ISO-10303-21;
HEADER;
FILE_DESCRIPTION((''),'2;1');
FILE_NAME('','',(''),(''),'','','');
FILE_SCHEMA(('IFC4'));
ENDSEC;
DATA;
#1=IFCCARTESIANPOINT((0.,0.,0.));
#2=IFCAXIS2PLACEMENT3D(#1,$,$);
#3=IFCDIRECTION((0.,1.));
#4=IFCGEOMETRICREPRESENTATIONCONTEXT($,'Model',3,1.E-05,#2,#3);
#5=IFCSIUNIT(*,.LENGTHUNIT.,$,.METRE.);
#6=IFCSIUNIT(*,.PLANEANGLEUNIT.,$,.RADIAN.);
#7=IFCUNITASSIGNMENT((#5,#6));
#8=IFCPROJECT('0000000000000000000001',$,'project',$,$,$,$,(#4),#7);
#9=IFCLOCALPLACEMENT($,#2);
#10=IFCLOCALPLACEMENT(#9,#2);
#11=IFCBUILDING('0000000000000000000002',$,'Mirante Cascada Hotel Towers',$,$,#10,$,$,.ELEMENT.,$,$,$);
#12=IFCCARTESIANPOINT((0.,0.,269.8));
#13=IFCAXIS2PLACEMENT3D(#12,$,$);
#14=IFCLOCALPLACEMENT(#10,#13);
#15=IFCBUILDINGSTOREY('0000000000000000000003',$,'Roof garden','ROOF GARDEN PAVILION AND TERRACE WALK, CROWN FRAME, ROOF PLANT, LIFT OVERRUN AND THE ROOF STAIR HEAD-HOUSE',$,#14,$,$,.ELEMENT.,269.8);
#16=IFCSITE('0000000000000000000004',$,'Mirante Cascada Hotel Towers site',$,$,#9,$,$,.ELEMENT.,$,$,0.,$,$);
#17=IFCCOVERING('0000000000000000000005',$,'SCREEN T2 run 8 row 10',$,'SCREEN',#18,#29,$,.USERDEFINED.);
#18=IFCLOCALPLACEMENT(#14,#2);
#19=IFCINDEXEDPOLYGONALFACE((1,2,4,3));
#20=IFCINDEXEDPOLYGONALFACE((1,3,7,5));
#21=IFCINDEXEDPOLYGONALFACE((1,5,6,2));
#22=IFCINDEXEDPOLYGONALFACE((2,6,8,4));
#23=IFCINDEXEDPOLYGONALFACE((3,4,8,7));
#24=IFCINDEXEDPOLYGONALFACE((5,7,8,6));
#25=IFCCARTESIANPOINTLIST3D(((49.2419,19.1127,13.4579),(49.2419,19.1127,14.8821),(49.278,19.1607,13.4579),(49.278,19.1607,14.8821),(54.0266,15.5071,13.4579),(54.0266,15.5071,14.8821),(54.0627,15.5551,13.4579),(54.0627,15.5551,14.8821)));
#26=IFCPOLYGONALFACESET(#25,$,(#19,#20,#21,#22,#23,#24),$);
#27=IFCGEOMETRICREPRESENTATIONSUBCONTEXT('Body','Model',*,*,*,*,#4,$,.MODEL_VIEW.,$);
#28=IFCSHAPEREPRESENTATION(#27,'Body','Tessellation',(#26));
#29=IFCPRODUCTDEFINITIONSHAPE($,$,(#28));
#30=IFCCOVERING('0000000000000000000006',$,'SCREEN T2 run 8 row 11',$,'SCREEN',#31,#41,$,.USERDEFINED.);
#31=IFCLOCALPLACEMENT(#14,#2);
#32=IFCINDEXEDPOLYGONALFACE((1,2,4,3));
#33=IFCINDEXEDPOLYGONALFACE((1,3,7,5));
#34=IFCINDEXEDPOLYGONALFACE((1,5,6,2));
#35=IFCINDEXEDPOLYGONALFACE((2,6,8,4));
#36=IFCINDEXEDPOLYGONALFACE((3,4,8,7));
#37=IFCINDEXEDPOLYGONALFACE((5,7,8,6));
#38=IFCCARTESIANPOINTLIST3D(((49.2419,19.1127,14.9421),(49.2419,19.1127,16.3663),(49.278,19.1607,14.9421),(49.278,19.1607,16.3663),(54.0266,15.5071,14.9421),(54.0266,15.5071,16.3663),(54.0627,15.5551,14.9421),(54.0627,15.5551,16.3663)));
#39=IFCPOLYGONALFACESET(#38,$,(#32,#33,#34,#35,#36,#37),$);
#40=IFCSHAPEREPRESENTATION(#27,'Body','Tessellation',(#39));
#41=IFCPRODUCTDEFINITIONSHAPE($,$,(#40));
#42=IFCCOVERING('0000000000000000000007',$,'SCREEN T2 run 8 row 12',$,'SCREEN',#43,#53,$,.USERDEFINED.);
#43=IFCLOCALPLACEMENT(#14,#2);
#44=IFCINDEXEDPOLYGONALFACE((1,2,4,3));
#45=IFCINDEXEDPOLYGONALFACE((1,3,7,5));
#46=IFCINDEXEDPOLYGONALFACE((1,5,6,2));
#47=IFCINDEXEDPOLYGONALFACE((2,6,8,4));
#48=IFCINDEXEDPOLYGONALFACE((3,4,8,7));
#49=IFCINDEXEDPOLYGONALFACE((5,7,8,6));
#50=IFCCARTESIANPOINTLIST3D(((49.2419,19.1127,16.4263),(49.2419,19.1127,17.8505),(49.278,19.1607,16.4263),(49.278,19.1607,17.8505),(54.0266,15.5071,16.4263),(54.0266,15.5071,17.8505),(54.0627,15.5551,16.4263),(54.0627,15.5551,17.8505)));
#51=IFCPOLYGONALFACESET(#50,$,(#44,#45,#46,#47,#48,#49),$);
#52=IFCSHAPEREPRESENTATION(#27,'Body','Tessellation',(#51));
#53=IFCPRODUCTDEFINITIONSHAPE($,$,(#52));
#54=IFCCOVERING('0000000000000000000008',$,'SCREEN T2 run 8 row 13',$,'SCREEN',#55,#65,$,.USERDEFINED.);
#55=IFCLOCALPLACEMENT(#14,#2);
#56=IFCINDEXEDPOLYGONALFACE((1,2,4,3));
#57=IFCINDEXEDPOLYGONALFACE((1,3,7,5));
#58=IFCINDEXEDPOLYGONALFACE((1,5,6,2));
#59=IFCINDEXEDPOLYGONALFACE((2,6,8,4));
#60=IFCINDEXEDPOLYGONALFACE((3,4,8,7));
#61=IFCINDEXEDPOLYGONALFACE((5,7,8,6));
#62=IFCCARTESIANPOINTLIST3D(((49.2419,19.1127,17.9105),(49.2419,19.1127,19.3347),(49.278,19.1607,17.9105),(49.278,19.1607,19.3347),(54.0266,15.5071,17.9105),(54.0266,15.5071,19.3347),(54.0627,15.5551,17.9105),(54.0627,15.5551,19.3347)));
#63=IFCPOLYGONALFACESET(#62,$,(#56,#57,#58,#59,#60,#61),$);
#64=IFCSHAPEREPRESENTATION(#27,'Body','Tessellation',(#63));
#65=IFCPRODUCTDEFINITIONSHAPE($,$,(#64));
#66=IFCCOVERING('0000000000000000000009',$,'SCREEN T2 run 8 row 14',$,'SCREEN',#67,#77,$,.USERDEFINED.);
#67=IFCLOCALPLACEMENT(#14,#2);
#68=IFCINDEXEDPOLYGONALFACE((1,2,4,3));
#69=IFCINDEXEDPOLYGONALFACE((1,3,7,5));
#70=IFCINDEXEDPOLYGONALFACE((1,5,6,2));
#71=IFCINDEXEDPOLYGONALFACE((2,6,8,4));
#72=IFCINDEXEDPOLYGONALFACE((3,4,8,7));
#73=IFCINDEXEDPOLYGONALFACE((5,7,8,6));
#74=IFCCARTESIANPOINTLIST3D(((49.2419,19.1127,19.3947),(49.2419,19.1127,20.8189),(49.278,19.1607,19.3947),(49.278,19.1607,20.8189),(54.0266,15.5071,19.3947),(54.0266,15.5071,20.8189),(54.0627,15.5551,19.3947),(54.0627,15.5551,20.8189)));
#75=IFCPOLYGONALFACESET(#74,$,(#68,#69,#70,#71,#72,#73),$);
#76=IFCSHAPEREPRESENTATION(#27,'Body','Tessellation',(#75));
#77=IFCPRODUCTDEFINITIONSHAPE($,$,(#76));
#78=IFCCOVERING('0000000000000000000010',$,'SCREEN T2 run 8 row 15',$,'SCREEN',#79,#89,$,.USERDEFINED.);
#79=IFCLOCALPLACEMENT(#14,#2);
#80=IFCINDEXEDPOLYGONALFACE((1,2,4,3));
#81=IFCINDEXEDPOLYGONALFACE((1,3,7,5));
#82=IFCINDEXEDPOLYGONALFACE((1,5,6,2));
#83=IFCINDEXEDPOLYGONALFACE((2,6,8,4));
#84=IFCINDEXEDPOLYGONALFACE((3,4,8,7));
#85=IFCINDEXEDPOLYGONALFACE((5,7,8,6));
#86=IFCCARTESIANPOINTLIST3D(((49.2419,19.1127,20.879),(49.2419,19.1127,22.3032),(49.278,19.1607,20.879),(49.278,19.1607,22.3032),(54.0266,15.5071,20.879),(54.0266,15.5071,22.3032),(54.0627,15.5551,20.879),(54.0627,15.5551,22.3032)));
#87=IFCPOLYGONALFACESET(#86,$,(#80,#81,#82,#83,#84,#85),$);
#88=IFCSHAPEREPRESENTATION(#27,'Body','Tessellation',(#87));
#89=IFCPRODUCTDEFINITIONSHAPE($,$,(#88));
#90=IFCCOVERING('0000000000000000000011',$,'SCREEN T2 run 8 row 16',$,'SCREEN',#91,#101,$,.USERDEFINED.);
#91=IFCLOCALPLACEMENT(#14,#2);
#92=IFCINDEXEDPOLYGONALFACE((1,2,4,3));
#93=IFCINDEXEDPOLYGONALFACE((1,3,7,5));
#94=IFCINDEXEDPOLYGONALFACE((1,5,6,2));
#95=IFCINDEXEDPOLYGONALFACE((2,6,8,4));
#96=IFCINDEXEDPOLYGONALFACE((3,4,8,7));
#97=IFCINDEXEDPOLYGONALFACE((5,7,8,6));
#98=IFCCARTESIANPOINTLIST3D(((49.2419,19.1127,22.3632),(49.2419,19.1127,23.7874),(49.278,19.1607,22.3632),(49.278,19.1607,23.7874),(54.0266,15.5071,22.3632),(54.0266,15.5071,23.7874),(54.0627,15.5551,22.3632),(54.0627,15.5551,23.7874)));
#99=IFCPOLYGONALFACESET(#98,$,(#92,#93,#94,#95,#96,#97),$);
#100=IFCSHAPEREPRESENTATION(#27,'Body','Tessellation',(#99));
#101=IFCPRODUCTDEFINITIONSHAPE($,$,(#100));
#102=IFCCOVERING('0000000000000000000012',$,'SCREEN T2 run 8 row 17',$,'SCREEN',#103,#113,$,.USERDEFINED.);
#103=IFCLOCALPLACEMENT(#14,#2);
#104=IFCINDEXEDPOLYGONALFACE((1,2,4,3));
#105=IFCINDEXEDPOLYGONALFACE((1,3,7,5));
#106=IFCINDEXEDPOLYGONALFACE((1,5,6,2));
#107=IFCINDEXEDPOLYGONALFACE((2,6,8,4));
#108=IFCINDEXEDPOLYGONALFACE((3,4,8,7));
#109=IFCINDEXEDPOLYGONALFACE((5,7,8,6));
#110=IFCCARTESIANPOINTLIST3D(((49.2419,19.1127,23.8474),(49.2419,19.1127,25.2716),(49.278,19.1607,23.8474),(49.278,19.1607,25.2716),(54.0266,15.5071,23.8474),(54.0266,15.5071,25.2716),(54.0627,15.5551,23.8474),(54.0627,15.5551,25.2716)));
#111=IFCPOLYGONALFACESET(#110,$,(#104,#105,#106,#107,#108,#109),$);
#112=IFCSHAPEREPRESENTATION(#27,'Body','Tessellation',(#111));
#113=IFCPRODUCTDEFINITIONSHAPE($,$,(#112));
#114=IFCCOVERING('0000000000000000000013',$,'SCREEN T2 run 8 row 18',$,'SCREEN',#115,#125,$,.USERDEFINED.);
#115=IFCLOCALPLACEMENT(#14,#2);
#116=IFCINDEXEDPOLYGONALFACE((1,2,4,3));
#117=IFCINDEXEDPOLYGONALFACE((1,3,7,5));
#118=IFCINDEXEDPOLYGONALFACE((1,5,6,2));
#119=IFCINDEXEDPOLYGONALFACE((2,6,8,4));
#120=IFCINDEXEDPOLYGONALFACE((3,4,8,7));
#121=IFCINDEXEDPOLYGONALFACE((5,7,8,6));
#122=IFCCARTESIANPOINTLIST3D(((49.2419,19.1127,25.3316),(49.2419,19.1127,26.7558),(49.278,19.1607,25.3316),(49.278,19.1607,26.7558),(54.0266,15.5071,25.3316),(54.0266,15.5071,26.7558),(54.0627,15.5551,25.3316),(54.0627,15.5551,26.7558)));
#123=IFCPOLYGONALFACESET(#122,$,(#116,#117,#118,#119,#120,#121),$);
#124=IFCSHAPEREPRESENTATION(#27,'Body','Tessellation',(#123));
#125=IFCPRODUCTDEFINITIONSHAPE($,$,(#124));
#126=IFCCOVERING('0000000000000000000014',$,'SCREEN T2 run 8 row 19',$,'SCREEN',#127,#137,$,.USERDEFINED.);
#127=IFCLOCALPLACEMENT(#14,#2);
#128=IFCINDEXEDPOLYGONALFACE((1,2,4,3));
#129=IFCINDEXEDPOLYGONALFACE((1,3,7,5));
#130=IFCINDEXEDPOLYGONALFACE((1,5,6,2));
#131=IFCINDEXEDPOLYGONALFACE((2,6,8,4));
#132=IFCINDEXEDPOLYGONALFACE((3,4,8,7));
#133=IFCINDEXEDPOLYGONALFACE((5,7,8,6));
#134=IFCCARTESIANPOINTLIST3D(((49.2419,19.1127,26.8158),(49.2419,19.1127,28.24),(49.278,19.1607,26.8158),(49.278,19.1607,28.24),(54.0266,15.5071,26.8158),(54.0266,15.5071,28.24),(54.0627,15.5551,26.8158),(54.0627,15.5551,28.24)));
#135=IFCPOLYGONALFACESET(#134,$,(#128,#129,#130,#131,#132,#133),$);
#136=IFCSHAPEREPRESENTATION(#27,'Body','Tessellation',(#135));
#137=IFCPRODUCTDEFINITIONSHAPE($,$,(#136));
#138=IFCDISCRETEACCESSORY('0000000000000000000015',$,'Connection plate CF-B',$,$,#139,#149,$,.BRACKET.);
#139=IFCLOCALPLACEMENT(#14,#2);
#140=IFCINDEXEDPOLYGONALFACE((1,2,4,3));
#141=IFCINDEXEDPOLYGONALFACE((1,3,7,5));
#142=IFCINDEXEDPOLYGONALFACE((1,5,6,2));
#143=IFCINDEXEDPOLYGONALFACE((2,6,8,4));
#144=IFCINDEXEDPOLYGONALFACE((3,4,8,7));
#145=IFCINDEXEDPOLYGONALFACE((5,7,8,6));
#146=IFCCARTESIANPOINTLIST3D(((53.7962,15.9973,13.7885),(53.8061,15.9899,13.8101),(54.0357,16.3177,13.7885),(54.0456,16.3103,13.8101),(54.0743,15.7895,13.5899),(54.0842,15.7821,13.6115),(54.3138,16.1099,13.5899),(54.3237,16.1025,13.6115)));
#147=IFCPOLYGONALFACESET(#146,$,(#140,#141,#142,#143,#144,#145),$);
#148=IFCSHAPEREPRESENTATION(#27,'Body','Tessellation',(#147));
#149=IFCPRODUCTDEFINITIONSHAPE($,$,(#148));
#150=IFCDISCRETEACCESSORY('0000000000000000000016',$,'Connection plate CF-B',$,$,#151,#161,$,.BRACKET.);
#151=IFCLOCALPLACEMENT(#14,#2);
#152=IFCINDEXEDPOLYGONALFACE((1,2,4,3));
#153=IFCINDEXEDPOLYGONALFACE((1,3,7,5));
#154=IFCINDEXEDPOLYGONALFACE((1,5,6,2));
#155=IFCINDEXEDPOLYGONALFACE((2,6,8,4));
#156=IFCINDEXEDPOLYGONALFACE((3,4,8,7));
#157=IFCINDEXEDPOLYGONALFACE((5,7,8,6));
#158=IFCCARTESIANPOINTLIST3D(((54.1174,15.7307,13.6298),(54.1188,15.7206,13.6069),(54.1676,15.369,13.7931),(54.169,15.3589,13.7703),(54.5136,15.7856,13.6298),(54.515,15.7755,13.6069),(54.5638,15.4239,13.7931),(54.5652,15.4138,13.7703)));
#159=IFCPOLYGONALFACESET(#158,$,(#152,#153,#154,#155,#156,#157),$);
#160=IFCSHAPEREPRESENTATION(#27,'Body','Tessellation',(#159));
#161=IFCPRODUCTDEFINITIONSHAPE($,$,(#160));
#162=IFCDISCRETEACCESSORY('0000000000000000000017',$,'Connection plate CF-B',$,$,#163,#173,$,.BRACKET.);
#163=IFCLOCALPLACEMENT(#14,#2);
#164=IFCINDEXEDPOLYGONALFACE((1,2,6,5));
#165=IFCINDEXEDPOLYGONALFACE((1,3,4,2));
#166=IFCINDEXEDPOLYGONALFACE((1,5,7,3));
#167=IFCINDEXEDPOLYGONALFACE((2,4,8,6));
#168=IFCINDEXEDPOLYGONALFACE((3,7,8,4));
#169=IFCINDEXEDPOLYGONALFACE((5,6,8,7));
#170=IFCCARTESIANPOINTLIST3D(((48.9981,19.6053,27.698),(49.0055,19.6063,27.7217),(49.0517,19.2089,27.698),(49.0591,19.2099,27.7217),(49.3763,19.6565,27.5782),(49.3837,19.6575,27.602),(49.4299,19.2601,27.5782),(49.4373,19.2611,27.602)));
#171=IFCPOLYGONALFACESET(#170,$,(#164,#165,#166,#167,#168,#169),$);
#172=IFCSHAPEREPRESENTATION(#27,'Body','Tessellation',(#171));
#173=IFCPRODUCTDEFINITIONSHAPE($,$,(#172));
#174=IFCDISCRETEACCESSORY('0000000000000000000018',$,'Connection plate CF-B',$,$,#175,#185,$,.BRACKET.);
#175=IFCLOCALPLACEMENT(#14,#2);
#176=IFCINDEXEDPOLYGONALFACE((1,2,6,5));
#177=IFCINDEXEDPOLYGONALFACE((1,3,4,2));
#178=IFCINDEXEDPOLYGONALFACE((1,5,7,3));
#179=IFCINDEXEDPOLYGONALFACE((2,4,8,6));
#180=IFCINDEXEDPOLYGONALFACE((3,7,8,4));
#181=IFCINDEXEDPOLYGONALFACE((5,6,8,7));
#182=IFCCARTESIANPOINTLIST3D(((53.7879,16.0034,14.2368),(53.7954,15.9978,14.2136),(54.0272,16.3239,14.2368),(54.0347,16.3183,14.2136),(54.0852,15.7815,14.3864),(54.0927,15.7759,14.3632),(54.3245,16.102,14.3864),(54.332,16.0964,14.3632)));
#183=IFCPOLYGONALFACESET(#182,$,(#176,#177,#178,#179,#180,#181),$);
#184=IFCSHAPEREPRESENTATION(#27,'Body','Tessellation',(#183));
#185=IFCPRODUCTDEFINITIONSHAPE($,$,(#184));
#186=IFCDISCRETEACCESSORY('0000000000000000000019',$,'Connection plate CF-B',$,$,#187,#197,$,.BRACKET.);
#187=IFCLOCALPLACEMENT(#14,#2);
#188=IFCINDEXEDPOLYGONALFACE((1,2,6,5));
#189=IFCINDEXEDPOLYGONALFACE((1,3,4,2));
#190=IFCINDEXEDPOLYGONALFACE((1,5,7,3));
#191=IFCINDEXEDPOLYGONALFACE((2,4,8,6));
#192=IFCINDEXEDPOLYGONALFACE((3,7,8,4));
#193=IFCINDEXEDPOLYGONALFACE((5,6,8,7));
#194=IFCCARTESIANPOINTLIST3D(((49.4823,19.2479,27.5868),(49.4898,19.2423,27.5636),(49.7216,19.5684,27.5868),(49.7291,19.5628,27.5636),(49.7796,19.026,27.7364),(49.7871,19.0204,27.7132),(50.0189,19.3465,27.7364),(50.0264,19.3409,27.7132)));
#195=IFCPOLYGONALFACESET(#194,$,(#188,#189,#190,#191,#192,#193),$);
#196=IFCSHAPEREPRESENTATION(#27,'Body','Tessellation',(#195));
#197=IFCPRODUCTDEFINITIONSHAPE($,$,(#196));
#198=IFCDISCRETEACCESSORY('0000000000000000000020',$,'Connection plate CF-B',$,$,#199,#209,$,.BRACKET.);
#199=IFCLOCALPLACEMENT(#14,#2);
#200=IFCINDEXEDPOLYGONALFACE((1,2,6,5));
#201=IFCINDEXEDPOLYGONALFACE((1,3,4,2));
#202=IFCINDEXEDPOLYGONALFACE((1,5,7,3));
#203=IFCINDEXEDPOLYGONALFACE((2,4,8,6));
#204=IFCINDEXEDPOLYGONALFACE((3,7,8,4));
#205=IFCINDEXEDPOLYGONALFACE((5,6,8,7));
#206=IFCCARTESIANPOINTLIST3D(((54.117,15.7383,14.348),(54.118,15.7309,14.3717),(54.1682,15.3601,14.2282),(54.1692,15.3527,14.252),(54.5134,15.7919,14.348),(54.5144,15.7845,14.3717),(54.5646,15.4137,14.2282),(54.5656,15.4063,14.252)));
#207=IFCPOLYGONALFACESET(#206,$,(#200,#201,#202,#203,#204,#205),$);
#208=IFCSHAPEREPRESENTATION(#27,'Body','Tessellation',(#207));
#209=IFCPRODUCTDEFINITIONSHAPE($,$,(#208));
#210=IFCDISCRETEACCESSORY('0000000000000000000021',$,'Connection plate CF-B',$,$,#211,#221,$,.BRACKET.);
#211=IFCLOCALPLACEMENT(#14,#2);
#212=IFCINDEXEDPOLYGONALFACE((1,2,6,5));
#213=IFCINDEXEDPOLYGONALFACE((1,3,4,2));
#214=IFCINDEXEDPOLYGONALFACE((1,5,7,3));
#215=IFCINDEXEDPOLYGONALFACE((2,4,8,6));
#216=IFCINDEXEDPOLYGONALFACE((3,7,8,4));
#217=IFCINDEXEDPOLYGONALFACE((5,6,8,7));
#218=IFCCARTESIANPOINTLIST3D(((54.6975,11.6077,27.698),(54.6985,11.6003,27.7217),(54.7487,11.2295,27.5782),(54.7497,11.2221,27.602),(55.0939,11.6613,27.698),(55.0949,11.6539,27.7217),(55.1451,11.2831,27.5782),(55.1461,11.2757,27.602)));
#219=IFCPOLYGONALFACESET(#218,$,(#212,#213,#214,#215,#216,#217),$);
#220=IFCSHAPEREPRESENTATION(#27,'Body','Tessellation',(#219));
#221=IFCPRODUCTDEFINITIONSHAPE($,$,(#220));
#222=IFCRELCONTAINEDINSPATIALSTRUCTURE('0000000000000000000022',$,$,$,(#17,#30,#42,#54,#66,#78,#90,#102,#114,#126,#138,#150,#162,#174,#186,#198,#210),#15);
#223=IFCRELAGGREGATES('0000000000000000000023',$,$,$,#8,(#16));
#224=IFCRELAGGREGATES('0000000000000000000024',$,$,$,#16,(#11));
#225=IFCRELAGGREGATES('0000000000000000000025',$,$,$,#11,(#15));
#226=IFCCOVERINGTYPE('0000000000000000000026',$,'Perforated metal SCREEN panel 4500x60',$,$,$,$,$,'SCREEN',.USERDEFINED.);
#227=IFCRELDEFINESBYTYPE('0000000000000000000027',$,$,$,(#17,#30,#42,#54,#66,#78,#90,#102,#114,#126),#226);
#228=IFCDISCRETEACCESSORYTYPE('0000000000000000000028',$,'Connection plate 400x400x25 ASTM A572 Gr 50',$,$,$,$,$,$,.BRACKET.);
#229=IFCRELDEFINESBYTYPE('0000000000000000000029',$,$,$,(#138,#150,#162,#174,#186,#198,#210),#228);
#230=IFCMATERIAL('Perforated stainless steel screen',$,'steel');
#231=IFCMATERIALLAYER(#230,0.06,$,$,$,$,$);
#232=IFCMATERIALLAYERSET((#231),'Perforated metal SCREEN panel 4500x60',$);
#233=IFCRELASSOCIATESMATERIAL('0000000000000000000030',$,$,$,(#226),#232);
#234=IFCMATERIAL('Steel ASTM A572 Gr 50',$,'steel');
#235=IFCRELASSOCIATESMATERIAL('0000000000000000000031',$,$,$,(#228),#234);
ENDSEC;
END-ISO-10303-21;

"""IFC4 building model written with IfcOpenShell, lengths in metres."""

from ifc_helpers import new_model, si_unit, direction, frame, origin, origin_2d, place, context, subcontext, project, spatial, rectangle, extrude, material, layer, layer_set, material_profile, profile_set, type_object, element, save


model = new_model("IFC4")

# Units and contexts
model_context = context("Model", 3, precision=1e-05, world=origin(), true_north=direction((0.0, 1.0)))
body_context = subcontext(model_context, "Body", "Model", "MODEL_VIEW")
ifc_project = project(units=[si_unit("LENGTHUNIT", "METRE"), si_unit("PLANEANGLEUNIT", "RADIAN")], contexts=[model_context])

# Site, building, storey
site_placement = place(None, origin())
site = spatial("IfcSite", under=ifc_project, at=site_placement, Name="Mirante Cascada Hotel Towers site", CompositionType="ELEMENT", RefElevation=0.0)
building_placement = place(site_placement, origin())
building = spatial("IfcBuilding", under=site, at=building_placement, Name="Mirante Cascada Hotel Towers", CompositionType="ELEMENT")
storey_placement = place(building_placement, frame((0.0, 0.0, 269.8)))
storey = spatial("IfcBuildingStorey", under=building, at=storey_placement, Name="Roof garden", Description="ROOF GARDEN PAVILION AND TERRACE WALK, CROWN FRAME, ROOF PLANT, LIFT OVERRUN AND THE ROOF STAIR HEAD-HOUSE", CompositionType="ELEMENT", Elevation=269.8)

# Coverings
ifc_material_1 = material(Name="Perforated stainless steel screen", Category="steel")
ifc_layer_1 = layer(ifc_material_1, 0.06)
ifc_layer_set_1 = layer_set([ifc_layer_1], Name="Perforated metal SCREEN panel 4500x60")
covering_type = type_object("IfcCoveringType", Name="Perforated metal SCREEN panel 4500x60", ElementType="SCREEN", PredefinedType="USERDEFINED", material=ifc_layer_set_1)
for number, where, z_axis, x_axis, name in (
    (1, (51.6523, 17.3339, 13.4579), (0.0, 0.0, 1.0), (0.798636, -0.601815, 0.0), "SCREEN T2 run 8 row 10"),
    (2, (51.6523, 17.3339, 14.9421), (0.0, 0.0, 1.0), (0.798636, -0.601815, 0.0), "SCREEN T2 run 8 row 11"),
    (3, (51.6523, 17.3339, 16.4263), (0.0, 0.0, 1.0), (0.798636, -0.601815, 0.0), "SCREEN T2 run 8 row 12"),
    (4, (51.6523, 17.3339, 17.9105), (0.0, 0.0, 1.0), (0.798636, -0.601815, 0.0), "SCREEN T2 run 8 row 13"),
    (5, (51.6523, 17.3339, 19.3947), (0.0, 0.0, 1.0), (0.798636, -0.601815, 0.0), "SCREEN T2 run 8 row 14"),
    (6, (51.6523, 17.3339, 20.879), (0.0, 0.0, 1.0), (0.798636, -0.601815, 0.0), "SCREEN T2 run 8 row 15"),
    (7, (51.6523, 17.3339, 22.3632), (0.0, 0.0, 1.0), (0.798636, -0.601815, 0.0), "SCREEN T2 run 8 row 16"),
    (8, (51.6523, 17.3339, 23.8474), (0.0, 0.0, 1.0), (0.798636, -0.601815, 0.0), "SCREEN T2 run 8 row 17"),
    (9, (51.6523, 17.3339, 25.3316), (0.0, 0.0, 1.0), (0.798636, -0.601815, 0.0), "SCREEN T2 run 8 row 18"),
    (10, (51.6523, 17.3339, 26.8158), (0.0, 0.0, 1.0), (0.798636, -0.601815, 0.0), "SCREEN T2 run 8 row 19"),
):
    element("IfcCovering", number, at=place(storey_placement, frame(where, z_axis=z_axis, x_axis=x_axis)), inside=storey, type_object=covering_type, Name=name, ObjectType="SCREEN", PredefinedType="USERDEFINED", context=body_context, shape_type="SweptSolid", body=[
        extrude(rectangle(XDim=5.9912, YDim=0.06, at=origin_2d()), origin(), (0.0, 0.0, 1.0), 1.4242),
    ])

# Discrete accessories
ifc_material_2 = material(Name="Steel ASTM A572 Gr 50", Category="steel")
ifc_material_profile_1 = material_profile(ifc_material_2, rectangle(XDim=0.4, YDim=0.4, at=origin_2d()), Name="Connection plate 400x400x25 ASTM A572 Gr 50")
ifc_profile_set_1 = profile_set([ifc_material_profile_1], Name="Steel ASTM A572 Gr 50")
discrete_accessory_type = type_object("IfcDiscreteAccessoryType", Name="Connection plate 400x400x25 ASTM A572 Gr 50", PredefinedType="BRACKET", material=ifc_profile_set_1)
discrete_accessory_1_placement = place(storey_placement, frame((54.055, 16.0536, 13.6892), z_axis=(0.397809, -0.297352, 0.867946), x_axis=(0.598705, 0.80097, 0.0)))
element("IfcDiscreteAccessory", 11, at=discrete_accessory_1_placement, inside=storey, type_object=discrete_accessory_type, Name="Connection plate CF-B", PredefinedType="BRACKET", context=body_context, shape_type="SweptSolid", body=[
    extrude(rectangle(XDim=0.4, YDim=0.4, at=origin_2d()), origin(), (0.0, 0.0, 1.0), 0.0249),
])
discrete_accessory_2_placement = place(storey_placement, frame((54.342, 15.5672, 13.6886), z_axis=(-0.056053, 0.404385, 0.91287), x_axis=(-0.990529, -0.137301, 0.0)))
element("IfcDiscreteAccessory", 12, at=discrete_accessory_2_placement, inside=storey, type_object=discrete_accessory_type, Name="Connection plate CF-B", PredefinedType="BRACKET", context=body_context, shape_type="SweptSolid", body=[
    extrude(rectangle(XDim=0.4, YDim=0.4, at=origin_2d()), origin(), (0.0, 0.0, 1.0), 0.025),
])
discrete_accessory_3_placement = place(storey_placement, frame((49.214, 19.4327, 27.6381), z_axis=(0.296665, 0.04009, 0.95414), x_axis=(-0.133918, 0.990992, 0.0)))
element("IfcDiscreteAccessory", 13, at=discrete_accessory_3_placement, inside=storey, type_object=discrete_accessory_type, Name="Connection plate CF-B", PredefinedType="BRACKET", context=body_context, shape_type="SweptSolid", body=[
    extrude(rectangle(XDim=0.4, YDim=0.4, at=origin_2d()), origin(), (0.0, 0.0, 1.0), 0.0249),
])
for number, where, z_axis, x_axis, name in (
    (14, (54.0637, 16.0471, 14.2884), (-0.299796, 0.223848, 0.92737), (-0.598289, -0.80128, 0.0), "Connection plate CF-B"),
    (15, (49.7581, 19.2916, 27.6384), (-0.299796, 0.223848, 0.92737), (-0.598289, -0.80128, 0.0), "Connection plate CF-B"),
):
    element("IfcDiscreteAccessory", number, at=place(storey_placement, frame(where, z_axis=z_axis, x_axis=x_axis)), inside=storey, type_object=discrete_accessory_type, Name=name, PredefinedType="BRACKET", context=body_context, shape_type="SweptSolid", body=[
        extrude(rectangle(XDim=0.4, YDim=0.4, at=origin_2d()), origin(), (0.0, 0.0, 1.0), 0.025),
    ])
for number, where, z_axis, x_axis, name in (
    (16, (54.3408, 15.576, 14.2881), (0.04009, -0.296665, 0.95414), (0.990992, 0.133918, 0.0), "Connection plate CF-B"),
    (17, (54.9213, 11.4454, 27.6381), (0.04009, -0.296665, 0.95414), (0.990992, 0.133918, 0.0), "Connection plate CF-B"),
):
    element("IfcDiscreteAccessory", number, at=place(storey_placement, frame(where, z_axis=z_axis, x_axis=x_axis)), inside=storey, type_object=discrete_accessory_type, Name=name, PredefinedType="BRACKET", context=body_context, shape_type="SweptSolid", body=[
        extrude(rectangle(XDim=0.4, YDim=0.4, at=origin_2d()), origin(), (0.0, 0.0, 1.0), 0.0249),
    ])

save(model, "model.ifc")
